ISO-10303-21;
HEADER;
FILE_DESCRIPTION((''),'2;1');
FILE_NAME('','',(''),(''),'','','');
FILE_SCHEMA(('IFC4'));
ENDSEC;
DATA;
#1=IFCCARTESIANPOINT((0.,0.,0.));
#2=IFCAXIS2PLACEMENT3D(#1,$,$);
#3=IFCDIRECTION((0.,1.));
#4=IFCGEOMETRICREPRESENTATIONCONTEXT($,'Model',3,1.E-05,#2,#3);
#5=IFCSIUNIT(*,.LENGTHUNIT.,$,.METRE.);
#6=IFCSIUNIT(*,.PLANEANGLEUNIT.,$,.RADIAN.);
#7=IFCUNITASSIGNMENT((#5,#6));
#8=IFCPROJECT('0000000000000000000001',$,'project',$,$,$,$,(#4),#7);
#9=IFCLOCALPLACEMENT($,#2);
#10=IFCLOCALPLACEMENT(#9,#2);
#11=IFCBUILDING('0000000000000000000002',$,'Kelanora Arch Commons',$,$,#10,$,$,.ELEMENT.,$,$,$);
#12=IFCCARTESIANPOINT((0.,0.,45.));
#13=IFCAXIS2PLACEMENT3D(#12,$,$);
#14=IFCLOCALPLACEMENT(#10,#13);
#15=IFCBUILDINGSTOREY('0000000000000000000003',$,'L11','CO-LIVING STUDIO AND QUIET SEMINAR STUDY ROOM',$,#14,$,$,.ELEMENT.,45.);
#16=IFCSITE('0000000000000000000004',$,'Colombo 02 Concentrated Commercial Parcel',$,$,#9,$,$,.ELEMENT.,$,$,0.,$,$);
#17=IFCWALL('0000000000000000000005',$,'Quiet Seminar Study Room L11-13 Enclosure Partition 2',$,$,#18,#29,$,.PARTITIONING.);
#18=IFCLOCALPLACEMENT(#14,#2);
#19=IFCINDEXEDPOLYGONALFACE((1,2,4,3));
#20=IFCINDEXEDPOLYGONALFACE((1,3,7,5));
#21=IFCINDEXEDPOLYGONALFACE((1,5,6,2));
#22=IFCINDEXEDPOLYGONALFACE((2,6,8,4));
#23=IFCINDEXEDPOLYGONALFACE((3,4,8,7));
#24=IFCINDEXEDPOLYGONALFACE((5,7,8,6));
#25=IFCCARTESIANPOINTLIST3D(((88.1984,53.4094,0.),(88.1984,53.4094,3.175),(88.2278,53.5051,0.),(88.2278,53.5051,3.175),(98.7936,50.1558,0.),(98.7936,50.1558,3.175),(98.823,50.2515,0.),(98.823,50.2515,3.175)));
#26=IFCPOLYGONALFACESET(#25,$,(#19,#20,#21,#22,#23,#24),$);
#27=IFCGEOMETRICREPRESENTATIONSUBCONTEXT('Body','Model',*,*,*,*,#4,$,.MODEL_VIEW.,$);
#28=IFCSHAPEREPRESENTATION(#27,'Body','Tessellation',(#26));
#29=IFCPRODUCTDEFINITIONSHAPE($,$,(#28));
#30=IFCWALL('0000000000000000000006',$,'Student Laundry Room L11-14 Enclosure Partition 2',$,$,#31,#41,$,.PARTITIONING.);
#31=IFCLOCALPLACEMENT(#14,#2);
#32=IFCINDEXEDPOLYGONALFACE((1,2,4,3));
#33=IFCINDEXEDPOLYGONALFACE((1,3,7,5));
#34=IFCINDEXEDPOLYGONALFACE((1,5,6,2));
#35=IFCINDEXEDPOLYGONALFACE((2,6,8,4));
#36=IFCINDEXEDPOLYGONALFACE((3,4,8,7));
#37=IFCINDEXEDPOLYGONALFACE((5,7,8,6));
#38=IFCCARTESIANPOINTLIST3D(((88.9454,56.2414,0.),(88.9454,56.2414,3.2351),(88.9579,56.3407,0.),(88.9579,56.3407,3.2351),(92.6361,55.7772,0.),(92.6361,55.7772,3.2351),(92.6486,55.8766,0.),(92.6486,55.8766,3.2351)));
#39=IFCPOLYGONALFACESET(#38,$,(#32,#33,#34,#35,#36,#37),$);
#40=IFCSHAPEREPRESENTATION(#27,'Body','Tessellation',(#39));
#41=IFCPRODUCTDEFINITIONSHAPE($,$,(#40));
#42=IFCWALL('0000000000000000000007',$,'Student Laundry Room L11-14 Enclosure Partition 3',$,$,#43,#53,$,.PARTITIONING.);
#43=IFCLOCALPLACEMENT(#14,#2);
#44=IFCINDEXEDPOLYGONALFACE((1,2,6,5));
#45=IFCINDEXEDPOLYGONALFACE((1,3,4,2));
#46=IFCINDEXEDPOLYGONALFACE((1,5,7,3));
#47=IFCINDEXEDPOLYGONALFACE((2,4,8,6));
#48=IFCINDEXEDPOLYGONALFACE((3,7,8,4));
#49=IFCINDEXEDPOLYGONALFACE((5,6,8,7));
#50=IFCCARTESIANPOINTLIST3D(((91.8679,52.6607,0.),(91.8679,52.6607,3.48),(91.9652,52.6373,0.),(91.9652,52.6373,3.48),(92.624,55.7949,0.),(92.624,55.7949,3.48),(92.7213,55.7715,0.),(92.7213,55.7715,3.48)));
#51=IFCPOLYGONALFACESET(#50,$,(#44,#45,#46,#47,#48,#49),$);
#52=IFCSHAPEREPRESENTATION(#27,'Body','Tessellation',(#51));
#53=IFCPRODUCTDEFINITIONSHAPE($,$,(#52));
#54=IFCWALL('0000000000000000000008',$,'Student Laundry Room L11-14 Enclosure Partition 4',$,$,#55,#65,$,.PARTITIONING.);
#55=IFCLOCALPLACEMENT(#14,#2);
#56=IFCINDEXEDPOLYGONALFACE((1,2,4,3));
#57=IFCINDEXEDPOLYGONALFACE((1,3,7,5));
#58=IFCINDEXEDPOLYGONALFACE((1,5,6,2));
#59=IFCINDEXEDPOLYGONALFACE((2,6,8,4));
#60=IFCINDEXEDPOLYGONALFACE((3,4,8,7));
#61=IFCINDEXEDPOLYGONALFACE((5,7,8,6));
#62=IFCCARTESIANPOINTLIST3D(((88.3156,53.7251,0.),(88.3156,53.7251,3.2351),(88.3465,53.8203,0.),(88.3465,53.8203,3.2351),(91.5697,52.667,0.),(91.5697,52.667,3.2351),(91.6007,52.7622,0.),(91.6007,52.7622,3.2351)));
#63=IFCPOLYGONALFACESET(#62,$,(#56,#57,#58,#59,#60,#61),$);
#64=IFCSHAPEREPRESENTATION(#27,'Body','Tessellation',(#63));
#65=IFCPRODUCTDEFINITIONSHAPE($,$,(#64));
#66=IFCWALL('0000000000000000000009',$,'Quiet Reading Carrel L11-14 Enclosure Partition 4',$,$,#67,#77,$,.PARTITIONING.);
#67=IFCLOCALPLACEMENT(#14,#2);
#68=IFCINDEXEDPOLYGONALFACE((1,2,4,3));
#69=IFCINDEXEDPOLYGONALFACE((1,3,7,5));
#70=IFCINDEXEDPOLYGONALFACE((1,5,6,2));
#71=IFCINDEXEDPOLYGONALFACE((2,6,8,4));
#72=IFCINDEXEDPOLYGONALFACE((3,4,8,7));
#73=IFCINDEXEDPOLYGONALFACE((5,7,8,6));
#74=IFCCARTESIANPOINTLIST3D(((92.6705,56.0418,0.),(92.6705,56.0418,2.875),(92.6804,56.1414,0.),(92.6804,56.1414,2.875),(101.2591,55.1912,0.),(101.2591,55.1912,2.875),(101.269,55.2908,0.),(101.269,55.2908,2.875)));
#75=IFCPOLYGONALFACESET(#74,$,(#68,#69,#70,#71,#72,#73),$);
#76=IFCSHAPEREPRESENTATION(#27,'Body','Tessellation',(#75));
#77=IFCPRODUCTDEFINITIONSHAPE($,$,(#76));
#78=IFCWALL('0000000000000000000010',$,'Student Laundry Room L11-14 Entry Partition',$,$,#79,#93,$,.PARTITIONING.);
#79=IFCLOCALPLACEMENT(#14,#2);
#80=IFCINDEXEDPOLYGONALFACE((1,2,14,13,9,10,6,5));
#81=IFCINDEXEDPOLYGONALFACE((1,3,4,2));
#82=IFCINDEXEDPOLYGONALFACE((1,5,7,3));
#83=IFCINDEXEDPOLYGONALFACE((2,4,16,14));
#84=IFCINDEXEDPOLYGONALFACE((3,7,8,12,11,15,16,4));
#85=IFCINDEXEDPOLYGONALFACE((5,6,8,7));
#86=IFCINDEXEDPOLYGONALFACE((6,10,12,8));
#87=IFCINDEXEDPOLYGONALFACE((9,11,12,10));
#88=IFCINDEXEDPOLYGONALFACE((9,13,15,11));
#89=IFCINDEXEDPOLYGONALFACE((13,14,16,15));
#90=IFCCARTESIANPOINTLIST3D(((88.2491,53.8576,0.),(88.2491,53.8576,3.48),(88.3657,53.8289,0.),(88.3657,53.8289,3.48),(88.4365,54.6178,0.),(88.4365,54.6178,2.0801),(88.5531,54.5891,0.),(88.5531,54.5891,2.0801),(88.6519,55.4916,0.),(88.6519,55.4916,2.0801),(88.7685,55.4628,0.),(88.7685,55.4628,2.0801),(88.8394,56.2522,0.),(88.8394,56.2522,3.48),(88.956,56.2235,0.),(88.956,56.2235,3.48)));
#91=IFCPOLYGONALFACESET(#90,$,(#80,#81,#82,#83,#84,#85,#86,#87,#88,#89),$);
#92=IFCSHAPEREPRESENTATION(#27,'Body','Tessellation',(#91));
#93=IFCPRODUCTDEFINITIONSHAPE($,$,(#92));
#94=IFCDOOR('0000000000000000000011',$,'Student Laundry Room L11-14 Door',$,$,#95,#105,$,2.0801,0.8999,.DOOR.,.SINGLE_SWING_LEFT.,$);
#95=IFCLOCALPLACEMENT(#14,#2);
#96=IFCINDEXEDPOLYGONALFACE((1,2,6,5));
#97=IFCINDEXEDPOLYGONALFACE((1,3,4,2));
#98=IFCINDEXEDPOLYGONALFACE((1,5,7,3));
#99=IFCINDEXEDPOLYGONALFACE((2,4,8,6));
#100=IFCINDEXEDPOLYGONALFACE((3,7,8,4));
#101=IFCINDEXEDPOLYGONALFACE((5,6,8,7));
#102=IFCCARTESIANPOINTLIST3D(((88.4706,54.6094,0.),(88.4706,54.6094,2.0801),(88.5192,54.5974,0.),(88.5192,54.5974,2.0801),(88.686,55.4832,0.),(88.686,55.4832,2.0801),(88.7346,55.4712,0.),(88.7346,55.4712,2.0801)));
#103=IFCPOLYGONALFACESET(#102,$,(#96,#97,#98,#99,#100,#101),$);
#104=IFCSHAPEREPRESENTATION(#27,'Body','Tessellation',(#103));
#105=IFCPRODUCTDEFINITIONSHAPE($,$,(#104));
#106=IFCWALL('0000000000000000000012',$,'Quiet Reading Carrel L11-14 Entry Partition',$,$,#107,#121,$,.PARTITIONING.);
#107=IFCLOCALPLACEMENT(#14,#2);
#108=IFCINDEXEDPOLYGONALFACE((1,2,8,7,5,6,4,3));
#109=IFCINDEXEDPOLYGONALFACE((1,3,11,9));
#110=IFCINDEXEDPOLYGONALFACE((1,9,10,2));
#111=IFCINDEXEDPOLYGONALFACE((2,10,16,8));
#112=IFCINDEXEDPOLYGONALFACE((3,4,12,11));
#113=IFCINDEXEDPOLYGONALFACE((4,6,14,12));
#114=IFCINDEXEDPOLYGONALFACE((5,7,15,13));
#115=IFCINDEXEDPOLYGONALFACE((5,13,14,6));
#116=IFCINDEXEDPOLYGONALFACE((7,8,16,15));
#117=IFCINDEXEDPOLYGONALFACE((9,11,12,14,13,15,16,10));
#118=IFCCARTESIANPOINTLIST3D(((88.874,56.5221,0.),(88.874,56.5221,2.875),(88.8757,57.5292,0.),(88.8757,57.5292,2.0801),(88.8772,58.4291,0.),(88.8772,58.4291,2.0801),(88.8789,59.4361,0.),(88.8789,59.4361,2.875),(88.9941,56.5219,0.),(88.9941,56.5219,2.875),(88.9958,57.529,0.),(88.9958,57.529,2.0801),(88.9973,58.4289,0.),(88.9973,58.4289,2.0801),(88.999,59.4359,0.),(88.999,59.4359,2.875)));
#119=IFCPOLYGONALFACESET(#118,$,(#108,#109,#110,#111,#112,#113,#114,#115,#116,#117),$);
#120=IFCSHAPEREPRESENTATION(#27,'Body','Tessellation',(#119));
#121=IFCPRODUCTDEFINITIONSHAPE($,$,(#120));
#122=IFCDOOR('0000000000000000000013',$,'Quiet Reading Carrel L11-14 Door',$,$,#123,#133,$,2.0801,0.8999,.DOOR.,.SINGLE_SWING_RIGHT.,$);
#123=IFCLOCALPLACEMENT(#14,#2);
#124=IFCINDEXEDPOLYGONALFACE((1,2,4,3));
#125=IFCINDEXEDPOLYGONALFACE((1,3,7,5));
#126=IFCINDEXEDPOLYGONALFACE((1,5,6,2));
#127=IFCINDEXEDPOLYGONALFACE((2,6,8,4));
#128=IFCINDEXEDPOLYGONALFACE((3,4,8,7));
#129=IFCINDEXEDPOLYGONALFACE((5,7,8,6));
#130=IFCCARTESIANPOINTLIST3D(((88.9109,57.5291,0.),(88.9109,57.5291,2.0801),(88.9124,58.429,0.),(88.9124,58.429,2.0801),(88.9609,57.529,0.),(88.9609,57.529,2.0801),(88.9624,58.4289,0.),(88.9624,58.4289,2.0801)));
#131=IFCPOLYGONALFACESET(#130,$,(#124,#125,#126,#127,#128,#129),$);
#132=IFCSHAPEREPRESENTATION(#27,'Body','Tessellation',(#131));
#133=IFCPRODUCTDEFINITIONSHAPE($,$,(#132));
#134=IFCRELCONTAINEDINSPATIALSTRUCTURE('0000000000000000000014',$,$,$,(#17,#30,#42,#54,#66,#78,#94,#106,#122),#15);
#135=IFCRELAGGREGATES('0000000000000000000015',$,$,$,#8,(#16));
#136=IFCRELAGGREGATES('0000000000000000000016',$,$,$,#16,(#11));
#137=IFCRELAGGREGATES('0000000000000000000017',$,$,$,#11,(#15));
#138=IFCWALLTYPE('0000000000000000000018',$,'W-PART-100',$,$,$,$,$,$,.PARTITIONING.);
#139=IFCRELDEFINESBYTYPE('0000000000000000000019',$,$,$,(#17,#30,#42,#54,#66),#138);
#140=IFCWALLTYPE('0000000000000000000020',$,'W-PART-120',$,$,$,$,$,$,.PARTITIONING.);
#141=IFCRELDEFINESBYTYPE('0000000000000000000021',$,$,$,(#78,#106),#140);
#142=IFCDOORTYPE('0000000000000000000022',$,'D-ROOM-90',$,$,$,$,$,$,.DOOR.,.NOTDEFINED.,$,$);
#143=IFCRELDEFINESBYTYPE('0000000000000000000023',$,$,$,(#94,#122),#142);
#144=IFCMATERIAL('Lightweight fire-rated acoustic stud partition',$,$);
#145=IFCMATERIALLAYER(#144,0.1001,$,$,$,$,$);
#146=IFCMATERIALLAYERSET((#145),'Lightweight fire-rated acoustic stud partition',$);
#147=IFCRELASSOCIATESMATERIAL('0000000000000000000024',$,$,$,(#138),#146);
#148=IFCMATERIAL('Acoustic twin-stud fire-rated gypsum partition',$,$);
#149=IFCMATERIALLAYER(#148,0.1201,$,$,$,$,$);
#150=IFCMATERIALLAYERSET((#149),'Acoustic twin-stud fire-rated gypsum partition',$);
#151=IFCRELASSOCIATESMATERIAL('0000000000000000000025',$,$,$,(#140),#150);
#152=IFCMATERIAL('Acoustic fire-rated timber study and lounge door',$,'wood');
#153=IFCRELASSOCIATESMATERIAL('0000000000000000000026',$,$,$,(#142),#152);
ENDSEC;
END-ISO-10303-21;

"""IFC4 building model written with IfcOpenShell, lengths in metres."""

from ifc_helpers import new_model, si_unit, direction, frame, frame_2d, origin, place, context, subcontext, project, spatial, rectangle, extrude, material, layer, layer_set, type_object, element, fill, save


model = new_model("IFC4")

# Units and contexts
model_context = context("Model", 3, precision=1e-05, world=origin(), true_north=direction((0.0, 1.0)))
body_context = subcontext(model_context, "Body", "Model", "MODEL_VIEW")
ifc_project = project(units=[si_unit("LENGTHUNIT", "METRE"), si_unit("PLANEANGLEUNIT", "RADIAN")], contexts=[model_context])

# Site, building, storey
site_placement = place(None, origin())
site = spatial("IfcSite", under=ifc_project, at=site_placement, Name="Colombo 02 Concentrated Commercial Parcel", CompositionType="ELEMENT", RefElevation=0.0)
building_placement = place(site_placement, origin())
building = spatial("IfcBuilding", under=site, at=building_placement, Name="Kelanora Arch Commons", CompositionType="ELEMENT")
storey_placement = place(building_placement, frame((0.0, 0.0, 45.0)))
storey = spatial("IfcBuildingStorey", under=building, at=storey_placement, Name="L11", Description="CO-LIVING STUDIO AND QUIET SEMINAR STUDY ROOM", CompositionType="ELEMENT", Elevation=45.0)

# Walls
ifc_material_1 = material(Name="Lightweight fire-rated acoustic stud partition")
ifc_layer_1 = layer(ifc_material_1, 0.1001)
ifc_layer_set_1 = layer_set([ifc_layer_1], Name="Lightweight fire-rated acoustic stud partition")
wall_type_1 = type_object("IfcWallType", Name="W-PART-100", PredefinedType="PARTITIONING", material=ifc_layer_set_1)
wall_1_placement = place(storey_placement, frame((88.2131, 53.4573, 0.0), z_axis=(0.0, 0.0, 1.0), x_axis=(0.955941, -0.293558, 0.0)))
element("IfcWall", 1, at=wall_1_placement, inside=storey, type_object=wall_type_1, Name="Quiet Seminar Study Room L11-13 Enclosure Partition 2", PredefinedType="PARTITIONING", context=body_context, shape_type="SweptSolid", body=[
    extrude(rectangle(XDim=11.0835, YDim=0.1001, at=frame_2d((5.5417, 0.0))), origin(), (0.0, 0.0, 1.0), 3.175),
])
wall_2_placement = place(storey_placement, frame((88.9517, 56.291, 0.0), z_axis=(0.0, 0.0, 1.0), x_axis=(0.992186, -0.12477, 0.0)))
element("IfcWall", 2, at=wall_2_placement, inside=storey, type_object=wall_type_1, Name="Student Laundry Room L11-14 Enclosure Partition 2", PredefinedType="PARTITIONING", context=body_context, shape_type="SweptSolid", body=[
    extrude(rectangle(XDim=3.7197, YDim=0.1001, at=frame_2d((1.8599, 0.0))), origin(), (0.0, 0.0, 1.0), 3.2351),
])
wall_3_placement = place(storey_placement, frame((92.6726, 55.7832, 0.0), z_axis=(0.0, 0.0, 1.0), x_axis=(-0.23451, -0.972114, 0.0)))
element("IfcWall", 3, at=wall_3_placement, inside=storey, type_object=wall_type_1, Name="Student Laundry Room L11-14 Enclosure Partition 3", PredefinedType="PARTITIONING", context=body_context, shape_type="SweptSolid", body=[
    extrude(rectangle(XDim=3.2241, YDim=0.1001, at=frame_2d((1.6121, 0.0))), origin(), (0.0, 0.0, 1.0), 3.48),
])
wall_4_placement = place(storey_placement, frame((91.5852, 52.7146, 0.0), z_axis=(0.0, 0.0, 1.0), x_axis=(-0.950991, 0.30922, 0.0)))
element("IfcWall", 4, at=wall_4_placement, inside=storey, type_object=wall_type_1, Name="Student Laundry Room L11-14 Enclosure Partition 4", PredefinedType="PARTITIONING", context=body_context, shape_type="SweptSolid", body=[
    extrude(rectangle(XDim=3.4219, YDim=0.1001, at=frame_2d((1.7109, 0.0))), origin(), (0.0, 0.0, 1.0), 3.2351),
])
wall_5_placement = place(storey_placement, frame((101.2642, 55.241, 0.0), z_axis=(0.0, 0.0, 1.0), x_axis=(-0.995132, 0.098554, 0.0)))
element("IfcWall", 5, at=wall_5_placement, inside=storey, type_object=wall_type_1, Name="Quiet Reading Carrel L11-14 Enclosure Partition 4", PredefinedType="PARTITIONING", context=body_context, shape_type="SweptSolid", body=[
    extrude(rectangle(XDim=8.6306, YDim=0.1001, at=frame_2d((4.3154, 0.0))), origin(), (0.0, 0.0, 1.0), 2.875),
])

# Walls, openings, doors
ifc_material_2 = material(Name="Acoustic twin-stud fire-rated gypsum partition")
ifc_layer_2 = layer(ifc_material_2, 0.1201)
ifc_layer_set_2 = layer_set([ifc_layer_2], Name="Acoustic twin-stud fire-rated gypsum partition")
wall_type_2 = type_object("IfcWallType", Name="W-PART-120", PredefinedType="PARTITIONING", material=ifc_layer_set_2)
wall_6_placement = place(storey_placement, frame((88.3074, 53.8433, 0.0), z_axis=(0.0, 0.0, 1.0), x_axis=(0.239367, 0.970929, 0.0)))
wall_6 = element("IfcWall", 6, at=wall_6_placement, inside=storey, type_object=wall_type_2, Name="Student Laundry Room L11-14 Entry Partition", PredefinedType="PARTITIONING", context=body_context, shape_type="SweptSolid", body=[
    extrude(rectangle(XDim=2.4663, YDim=0.1201, at=frame_2d((1.2332, 0.0))), origin(), (0.0, 0.0, 1.0), 3.48),
])
opening_1_placement = place(wall_6_placement, frame((0.783, 0.0, 0.0)))
opening_1 = element("IfcOpeningElement", 7, at=opening_1_placement, cuts=wall_6, PredefinedType="OPENING", context=body_context, shape_type="SweptSolid", body=[
    extrude(rectangle(XDim=0.8999, YDim=2.0801, at=frame_2d((0.45, 1.04))), frame((0.0, 0.0701, 0.0), z_axis=(0.0, -1.0, 0.0), x_axis=(1.0, 0.0, 0.0)), (0.0, 0.0, 1.0), 0.1401),
])
ifc_material_3 = material(Name="Acoustic fire-rated timber study and lounge door", Category="wood")
door_type = type_object("IfcDoorType", Name="D-ROOM-90", OperationType="NOTDEFINED", PredefinedType="DOOR", material=ifc_material_3)
door_1_placement = place(opening_1_placement, origin())
door_1 = element("IfcDoor", 8, at=door_1_placement, inside=storey, type_object=door_type, Name="Student Laundry Room L11-14 Door", OperationType="SINGLE_SWING_LEFT", OverallHeight=2.0801, OverallWidth=0.8999, PredefinedType="DOOR", context=body_context, shape_type="SweptSolid", body=[
    extrude(rectangle(XDim=0.8999, YDim=2.0801, at=frame_2d((0.45, 1.04))), frame((0.0, 0.0249, 0.0), z_axis=(0.0, -1.0, 0.0), x_axis=(1.0, 0.0, 0.0)), (0.0, 0.0, 1.0), 0.05),
])
fill(opening_1, door_1)
wall_7_placement = place(storey_placement, frame((88.9341, 56.522, 0.0), z_axis=(0.0, 0.0, 1.0), x_axis=(0.001676, 0.999999, 0.0)))
wall_7 = element("IfcWall", 9, at=wall_7_placement, inside=storey, type_object=wall_type_2, Name="Quiet Reading Carrel L11-14 Entry Partition", PredefinedType="PARTITIONING", context=body_context, shape_type="SweptSolid", body=[
    extrude(rectangle(XDim=2.9141, YDim=0.1201, at=frame_2d((1.457, 0.0))), origin(), (0.0, 0.0, 1.0), 2.875),
])
opening_2_placement = place(wall_7_placement, frame((1.0071, 0.0, 0.0)))
opening_2 = element("IfcOpeningElement", 10, at=opening_2_placement, cuts=wall_7, PredefinedType="OPENING", context=body_context, shape_type="SweptSolid", body=[
    extrude(rectangle(XDim=0.8999, YDim=2.0801, at=frame_2d((0.45, 1.04))), frame((0.0, 0.0701, 0.0), z_axis=(0.0, -1.0, 0.0), x_axis=(1.0, 0.0, 0.0)), (0.0, 0.0, 1.0), 0.1401),
])
door_2_placement = place(opening_2_placement, origin())
door_2 = element("IfcDoor", 11, at=door_2_placement, inside=storey, type_object=door_type, Name="Quiet Reading Carrel L11-14 Door", OperationType="SINGLE_SWING_RIGHT", OverallHeight=2.0801, OverallWidth=0.8999, PredefinedType="DOOR", context=body_context, shape_type="SweptSolid", body=[
    extrude(rectangle(XDim=0.8999, YDim=2.0801, at=frame_2d((0.45, 1.04))), frame((0.0, 0.0249, 0.0), z_axis=(0.0, -1.0, 0.0), x_axis=(1.0, 0.0, 0.0)), (0.0, 0.0, 1.0), 0.05),
])
fill(opening_2, door_2)

save(model, "model.ifc")
